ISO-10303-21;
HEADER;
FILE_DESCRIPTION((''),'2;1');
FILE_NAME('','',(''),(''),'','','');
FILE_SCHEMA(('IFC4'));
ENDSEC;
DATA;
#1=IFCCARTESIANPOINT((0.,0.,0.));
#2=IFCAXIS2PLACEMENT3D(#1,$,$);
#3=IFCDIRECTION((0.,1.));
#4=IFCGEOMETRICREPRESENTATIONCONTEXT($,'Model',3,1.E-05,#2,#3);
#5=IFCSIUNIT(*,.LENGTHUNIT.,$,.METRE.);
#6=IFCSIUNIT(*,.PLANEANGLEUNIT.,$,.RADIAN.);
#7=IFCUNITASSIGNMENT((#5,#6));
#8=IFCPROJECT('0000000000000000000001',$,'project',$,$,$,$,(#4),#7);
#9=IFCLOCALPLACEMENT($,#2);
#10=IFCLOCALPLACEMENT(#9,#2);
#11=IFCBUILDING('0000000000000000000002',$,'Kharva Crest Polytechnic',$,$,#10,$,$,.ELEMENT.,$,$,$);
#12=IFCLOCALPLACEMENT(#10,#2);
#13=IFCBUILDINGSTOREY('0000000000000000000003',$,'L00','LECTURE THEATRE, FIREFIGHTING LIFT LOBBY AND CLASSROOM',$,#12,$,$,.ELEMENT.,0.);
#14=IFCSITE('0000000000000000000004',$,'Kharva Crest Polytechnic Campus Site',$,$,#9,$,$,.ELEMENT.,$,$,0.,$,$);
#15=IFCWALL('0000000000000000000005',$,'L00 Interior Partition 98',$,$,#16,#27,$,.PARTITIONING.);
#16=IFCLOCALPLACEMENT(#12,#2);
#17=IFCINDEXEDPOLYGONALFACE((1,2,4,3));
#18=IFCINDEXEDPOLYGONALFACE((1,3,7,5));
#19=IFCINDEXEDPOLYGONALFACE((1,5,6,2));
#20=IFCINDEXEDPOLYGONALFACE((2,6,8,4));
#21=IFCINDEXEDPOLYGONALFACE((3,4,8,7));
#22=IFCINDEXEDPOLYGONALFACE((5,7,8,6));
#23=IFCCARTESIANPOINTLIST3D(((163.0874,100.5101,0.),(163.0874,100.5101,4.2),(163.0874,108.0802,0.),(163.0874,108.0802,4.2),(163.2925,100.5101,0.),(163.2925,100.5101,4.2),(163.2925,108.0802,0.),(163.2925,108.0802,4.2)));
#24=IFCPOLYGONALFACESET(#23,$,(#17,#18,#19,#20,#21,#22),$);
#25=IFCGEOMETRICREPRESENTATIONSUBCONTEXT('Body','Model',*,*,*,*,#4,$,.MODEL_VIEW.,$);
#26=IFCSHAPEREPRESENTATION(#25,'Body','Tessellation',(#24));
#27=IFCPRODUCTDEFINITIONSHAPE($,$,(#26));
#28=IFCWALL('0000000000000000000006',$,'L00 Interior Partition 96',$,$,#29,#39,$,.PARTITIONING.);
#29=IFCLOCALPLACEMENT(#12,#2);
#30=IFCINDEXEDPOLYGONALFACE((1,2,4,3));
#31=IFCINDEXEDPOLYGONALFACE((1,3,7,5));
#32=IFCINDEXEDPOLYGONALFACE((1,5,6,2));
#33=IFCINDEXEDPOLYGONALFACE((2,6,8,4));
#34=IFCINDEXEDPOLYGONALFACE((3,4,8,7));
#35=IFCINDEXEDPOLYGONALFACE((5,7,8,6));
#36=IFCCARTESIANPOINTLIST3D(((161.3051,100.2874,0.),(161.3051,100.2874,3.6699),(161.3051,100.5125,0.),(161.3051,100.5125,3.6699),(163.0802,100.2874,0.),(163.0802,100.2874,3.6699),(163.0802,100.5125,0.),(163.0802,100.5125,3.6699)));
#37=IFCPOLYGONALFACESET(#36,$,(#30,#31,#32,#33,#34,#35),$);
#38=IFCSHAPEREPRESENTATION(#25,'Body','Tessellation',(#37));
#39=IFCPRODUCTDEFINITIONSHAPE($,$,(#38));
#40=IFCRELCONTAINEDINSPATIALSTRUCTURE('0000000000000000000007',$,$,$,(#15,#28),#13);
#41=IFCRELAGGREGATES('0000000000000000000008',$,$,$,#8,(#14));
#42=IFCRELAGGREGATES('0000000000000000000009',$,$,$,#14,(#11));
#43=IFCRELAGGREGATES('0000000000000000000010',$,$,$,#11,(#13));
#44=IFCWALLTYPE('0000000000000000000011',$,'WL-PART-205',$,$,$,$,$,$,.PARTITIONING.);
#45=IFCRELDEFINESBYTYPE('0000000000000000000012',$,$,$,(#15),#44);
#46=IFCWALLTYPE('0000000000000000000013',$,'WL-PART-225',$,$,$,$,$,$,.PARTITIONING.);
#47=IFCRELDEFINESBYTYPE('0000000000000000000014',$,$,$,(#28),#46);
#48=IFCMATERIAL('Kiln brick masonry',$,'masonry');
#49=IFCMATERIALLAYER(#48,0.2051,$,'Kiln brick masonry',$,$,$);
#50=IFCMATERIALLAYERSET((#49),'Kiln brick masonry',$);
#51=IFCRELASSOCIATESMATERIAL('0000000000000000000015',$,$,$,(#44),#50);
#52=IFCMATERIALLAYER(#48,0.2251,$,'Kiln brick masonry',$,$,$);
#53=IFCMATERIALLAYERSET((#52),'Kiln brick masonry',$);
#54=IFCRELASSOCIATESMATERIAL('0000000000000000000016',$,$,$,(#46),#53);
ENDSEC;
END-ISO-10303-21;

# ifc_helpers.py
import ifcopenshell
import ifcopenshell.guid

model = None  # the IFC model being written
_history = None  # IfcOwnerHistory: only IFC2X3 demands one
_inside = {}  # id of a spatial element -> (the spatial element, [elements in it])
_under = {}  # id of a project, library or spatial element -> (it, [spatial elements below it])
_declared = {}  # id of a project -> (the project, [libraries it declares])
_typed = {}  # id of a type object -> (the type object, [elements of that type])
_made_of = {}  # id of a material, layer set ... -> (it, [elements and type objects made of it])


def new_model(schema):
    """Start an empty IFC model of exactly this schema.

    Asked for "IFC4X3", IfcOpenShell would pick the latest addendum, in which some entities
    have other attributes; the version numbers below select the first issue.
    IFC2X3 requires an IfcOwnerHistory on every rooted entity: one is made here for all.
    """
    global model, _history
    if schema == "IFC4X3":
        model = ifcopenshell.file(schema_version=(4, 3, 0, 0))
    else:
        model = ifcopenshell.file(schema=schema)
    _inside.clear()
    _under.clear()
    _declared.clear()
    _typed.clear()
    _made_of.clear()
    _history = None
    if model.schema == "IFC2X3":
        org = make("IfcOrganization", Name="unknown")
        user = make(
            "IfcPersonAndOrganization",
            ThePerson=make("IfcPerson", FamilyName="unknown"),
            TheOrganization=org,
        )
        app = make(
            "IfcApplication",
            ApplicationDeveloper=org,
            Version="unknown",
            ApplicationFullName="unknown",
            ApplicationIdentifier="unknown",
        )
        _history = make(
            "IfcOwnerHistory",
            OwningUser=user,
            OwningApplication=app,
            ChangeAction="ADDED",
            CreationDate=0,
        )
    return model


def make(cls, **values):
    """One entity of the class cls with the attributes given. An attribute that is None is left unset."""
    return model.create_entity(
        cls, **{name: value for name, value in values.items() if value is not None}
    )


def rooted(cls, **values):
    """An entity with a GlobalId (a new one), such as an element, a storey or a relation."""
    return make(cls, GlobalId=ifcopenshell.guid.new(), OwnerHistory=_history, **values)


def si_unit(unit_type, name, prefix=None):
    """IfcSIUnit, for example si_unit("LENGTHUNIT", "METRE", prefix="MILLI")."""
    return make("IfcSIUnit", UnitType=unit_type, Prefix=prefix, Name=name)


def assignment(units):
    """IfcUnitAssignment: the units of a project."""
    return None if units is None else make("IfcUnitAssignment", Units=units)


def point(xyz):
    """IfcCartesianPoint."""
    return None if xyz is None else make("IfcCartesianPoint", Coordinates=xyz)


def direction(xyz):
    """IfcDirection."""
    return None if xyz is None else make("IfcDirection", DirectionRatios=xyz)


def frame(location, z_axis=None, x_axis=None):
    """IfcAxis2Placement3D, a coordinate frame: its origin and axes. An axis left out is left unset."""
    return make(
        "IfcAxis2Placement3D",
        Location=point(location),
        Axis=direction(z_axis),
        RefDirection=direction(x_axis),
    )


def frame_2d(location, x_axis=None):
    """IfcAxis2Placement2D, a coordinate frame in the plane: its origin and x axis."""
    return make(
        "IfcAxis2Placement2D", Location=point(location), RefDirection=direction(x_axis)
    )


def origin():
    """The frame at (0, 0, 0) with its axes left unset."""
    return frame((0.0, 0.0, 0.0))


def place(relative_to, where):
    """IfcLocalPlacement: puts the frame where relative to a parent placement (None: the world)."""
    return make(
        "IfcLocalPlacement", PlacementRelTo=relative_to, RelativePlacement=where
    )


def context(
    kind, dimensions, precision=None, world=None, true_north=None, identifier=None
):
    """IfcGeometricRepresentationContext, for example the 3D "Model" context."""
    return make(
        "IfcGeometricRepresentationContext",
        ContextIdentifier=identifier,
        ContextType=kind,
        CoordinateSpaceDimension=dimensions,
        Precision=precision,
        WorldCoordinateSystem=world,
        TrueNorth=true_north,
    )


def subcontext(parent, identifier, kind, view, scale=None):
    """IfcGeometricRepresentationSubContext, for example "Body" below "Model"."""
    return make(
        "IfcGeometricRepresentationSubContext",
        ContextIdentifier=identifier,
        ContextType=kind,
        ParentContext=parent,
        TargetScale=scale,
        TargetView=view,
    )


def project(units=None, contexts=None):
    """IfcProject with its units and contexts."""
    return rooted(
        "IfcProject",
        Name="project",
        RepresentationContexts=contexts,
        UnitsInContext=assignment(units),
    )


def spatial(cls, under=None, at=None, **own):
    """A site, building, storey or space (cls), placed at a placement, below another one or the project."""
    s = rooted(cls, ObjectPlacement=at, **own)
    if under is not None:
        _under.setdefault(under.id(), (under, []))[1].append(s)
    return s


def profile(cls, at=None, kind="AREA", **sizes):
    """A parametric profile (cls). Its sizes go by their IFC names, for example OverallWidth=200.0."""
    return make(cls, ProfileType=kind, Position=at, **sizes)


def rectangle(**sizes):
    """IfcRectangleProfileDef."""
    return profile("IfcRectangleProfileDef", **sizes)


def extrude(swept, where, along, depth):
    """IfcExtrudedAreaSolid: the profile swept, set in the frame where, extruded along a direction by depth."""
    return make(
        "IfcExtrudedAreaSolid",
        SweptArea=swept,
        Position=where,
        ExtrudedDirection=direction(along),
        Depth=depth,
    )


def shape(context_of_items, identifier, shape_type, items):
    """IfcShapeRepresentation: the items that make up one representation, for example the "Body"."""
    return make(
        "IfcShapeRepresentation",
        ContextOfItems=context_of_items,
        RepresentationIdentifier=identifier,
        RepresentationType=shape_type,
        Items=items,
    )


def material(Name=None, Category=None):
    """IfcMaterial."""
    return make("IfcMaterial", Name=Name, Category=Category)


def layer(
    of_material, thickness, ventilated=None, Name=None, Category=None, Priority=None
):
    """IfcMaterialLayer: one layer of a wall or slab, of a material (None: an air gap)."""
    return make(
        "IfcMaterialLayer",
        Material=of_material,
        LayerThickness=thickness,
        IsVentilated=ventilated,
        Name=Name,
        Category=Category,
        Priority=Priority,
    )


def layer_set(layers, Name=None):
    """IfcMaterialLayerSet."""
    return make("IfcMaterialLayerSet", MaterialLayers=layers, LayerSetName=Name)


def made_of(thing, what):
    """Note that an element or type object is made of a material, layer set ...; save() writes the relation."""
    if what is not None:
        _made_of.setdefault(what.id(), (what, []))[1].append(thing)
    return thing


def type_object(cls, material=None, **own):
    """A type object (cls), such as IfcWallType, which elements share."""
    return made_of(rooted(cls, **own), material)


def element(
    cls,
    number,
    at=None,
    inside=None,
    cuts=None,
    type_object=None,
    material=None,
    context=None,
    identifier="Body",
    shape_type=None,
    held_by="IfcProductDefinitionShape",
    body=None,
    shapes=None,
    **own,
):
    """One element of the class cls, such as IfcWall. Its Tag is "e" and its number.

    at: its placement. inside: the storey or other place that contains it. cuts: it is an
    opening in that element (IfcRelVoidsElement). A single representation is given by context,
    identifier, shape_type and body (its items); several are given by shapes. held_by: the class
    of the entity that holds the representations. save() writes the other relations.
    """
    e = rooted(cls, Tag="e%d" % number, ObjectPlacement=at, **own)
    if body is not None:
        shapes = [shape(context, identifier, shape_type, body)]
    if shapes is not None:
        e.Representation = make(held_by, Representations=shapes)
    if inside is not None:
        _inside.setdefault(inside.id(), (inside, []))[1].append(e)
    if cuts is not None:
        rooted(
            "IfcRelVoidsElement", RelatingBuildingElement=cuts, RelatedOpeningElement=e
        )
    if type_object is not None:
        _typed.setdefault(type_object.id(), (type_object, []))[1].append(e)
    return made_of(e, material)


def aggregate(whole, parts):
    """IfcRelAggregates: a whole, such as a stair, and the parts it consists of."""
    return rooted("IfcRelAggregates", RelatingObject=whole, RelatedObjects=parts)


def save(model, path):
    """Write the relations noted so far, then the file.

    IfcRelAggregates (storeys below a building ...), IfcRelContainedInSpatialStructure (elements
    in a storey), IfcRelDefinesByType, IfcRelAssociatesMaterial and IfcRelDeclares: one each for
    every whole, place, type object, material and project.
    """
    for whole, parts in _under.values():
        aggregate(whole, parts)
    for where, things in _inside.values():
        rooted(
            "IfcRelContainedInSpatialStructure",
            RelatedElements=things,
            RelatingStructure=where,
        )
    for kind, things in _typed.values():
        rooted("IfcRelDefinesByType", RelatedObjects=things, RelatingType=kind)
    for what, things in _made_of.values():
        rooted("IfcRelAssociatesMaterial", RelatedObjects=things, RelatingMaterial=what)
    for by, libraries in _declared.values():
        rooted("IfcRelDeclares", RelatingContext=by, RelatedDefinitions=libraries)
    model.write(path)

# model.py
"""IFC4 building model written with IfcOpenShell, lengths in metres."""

from ifc_helpers import new_model, si_unit, direction, frame, frame_2d, origin, place, context, subcontext, project, spatial, rectangle, extrude, material, layer, layer_set, type_object, element, save


model = new_model("IFC4")

# Units and contexts
model_context = context("Model", 3, precision=1e-05, world=origin(), true_north=direction((0.0, 1.0)))
body_context = subcontext(model_context, "Body", "Model", "MODEL_VIEW")
ifc_project = project(units=[si_unit("LENGTHUNIT", "METRE"), si_unit("PLANEANGLEUNIT", "RADIAN")], contexts=[model_context])

# Site, building, storey
site_placement = place(None, origin())
site = spatial("IfcSite", under=ifc_project, at=site_placement, Name="Kharva Crest Polytechnic Campus Site", CompositionType="ELEMENT", RefElevation=0.0)
building_placement = place(site_placement, origin())
building = spatial("IfcBuilding", under=site, at=building_placement, Name="Kharva Crest Polytechnic", CompositionType="ELEMENT")
storey_placement = place(building_placement, origin())
storey = spatial("IfcBuildingStorey", under=building, at=storey_placement, Name="L00", Description="LECTURE THEATRE, FIREFIGHTING LIFT LOBBY AND CLASSROOM", CompositionType="ELEMENT", Elevation=0.0)

# Shared definitions
ifc_material_1 = material(Name="Kiln brick masonry", Category="masonry")

# Walls
ifc_layer_1 = layer(ifc_material_1, 0.2051, Name="Kiln brick masonry")
ifc_layer_set_1 = layer_set([ifc_layer_1], Name="Kiln brick masonry")
wall_type_1 = type_object("IfcWallType", Name="WL-PART-205", PredefinedType="PARTITIONING", material=ifc_layer_set_1)
wall_1_placement = place(storey_placement, frame((163.1899, 100.51, 0.0), z_axis=(0.0, 0.0, 1.0), x_axis=(0.0, 1.0, 0.0)))
element("IfcWall", 1, at=wall_1_placement, inside=storey, type_object=wall_type_1, Name="L00 Interior Partition 98", PredefinedType="PARTITIONING", context=body_context, shape_type="SweptSolid", body=[
    extrude(rectangle(XDim=7.5701, YDim=0.2051, at=frame_2d((3.7852, 0.0))), origin(), (0.0, 0.0, 1.0), 4.2),
])
ifc_layer_2 = layer(ifc_material_1, 0.2251, Name="Kiln brick masonry")
ifc_layer_set_2 = layer_set([ifc_layer_2], Name="Kiln brick masonry")
wall_type_2 = type_object("IfcWallType", Name="WL-PART-225", PredefinedType="PARTITIONING", material=ifc_layer_set_2)
wall_2_placement = place(storey_placement, frame((161.3049, 100.3999, 0.0), z_axis=(0.0, 0.0, 1.0), x_axis=(1.0, 0.0, 0.0)))
element("IfcWall", 2, at=wall_2_placement, inside=storey, type_object=wall_type_2, Name="L00 Interior Partition 96", PredefinedType="PARTITIONING", context=body_context, shape_type="SweptSolid", body=[
    extrude(rectangle(XDim=1.7751, YDim=0.2251, at=frame_2d((0.8877, 0.0))), origin(), (0.0, 0.0, 1.0), 3.6699),
])

save(model, "model.ifc")
